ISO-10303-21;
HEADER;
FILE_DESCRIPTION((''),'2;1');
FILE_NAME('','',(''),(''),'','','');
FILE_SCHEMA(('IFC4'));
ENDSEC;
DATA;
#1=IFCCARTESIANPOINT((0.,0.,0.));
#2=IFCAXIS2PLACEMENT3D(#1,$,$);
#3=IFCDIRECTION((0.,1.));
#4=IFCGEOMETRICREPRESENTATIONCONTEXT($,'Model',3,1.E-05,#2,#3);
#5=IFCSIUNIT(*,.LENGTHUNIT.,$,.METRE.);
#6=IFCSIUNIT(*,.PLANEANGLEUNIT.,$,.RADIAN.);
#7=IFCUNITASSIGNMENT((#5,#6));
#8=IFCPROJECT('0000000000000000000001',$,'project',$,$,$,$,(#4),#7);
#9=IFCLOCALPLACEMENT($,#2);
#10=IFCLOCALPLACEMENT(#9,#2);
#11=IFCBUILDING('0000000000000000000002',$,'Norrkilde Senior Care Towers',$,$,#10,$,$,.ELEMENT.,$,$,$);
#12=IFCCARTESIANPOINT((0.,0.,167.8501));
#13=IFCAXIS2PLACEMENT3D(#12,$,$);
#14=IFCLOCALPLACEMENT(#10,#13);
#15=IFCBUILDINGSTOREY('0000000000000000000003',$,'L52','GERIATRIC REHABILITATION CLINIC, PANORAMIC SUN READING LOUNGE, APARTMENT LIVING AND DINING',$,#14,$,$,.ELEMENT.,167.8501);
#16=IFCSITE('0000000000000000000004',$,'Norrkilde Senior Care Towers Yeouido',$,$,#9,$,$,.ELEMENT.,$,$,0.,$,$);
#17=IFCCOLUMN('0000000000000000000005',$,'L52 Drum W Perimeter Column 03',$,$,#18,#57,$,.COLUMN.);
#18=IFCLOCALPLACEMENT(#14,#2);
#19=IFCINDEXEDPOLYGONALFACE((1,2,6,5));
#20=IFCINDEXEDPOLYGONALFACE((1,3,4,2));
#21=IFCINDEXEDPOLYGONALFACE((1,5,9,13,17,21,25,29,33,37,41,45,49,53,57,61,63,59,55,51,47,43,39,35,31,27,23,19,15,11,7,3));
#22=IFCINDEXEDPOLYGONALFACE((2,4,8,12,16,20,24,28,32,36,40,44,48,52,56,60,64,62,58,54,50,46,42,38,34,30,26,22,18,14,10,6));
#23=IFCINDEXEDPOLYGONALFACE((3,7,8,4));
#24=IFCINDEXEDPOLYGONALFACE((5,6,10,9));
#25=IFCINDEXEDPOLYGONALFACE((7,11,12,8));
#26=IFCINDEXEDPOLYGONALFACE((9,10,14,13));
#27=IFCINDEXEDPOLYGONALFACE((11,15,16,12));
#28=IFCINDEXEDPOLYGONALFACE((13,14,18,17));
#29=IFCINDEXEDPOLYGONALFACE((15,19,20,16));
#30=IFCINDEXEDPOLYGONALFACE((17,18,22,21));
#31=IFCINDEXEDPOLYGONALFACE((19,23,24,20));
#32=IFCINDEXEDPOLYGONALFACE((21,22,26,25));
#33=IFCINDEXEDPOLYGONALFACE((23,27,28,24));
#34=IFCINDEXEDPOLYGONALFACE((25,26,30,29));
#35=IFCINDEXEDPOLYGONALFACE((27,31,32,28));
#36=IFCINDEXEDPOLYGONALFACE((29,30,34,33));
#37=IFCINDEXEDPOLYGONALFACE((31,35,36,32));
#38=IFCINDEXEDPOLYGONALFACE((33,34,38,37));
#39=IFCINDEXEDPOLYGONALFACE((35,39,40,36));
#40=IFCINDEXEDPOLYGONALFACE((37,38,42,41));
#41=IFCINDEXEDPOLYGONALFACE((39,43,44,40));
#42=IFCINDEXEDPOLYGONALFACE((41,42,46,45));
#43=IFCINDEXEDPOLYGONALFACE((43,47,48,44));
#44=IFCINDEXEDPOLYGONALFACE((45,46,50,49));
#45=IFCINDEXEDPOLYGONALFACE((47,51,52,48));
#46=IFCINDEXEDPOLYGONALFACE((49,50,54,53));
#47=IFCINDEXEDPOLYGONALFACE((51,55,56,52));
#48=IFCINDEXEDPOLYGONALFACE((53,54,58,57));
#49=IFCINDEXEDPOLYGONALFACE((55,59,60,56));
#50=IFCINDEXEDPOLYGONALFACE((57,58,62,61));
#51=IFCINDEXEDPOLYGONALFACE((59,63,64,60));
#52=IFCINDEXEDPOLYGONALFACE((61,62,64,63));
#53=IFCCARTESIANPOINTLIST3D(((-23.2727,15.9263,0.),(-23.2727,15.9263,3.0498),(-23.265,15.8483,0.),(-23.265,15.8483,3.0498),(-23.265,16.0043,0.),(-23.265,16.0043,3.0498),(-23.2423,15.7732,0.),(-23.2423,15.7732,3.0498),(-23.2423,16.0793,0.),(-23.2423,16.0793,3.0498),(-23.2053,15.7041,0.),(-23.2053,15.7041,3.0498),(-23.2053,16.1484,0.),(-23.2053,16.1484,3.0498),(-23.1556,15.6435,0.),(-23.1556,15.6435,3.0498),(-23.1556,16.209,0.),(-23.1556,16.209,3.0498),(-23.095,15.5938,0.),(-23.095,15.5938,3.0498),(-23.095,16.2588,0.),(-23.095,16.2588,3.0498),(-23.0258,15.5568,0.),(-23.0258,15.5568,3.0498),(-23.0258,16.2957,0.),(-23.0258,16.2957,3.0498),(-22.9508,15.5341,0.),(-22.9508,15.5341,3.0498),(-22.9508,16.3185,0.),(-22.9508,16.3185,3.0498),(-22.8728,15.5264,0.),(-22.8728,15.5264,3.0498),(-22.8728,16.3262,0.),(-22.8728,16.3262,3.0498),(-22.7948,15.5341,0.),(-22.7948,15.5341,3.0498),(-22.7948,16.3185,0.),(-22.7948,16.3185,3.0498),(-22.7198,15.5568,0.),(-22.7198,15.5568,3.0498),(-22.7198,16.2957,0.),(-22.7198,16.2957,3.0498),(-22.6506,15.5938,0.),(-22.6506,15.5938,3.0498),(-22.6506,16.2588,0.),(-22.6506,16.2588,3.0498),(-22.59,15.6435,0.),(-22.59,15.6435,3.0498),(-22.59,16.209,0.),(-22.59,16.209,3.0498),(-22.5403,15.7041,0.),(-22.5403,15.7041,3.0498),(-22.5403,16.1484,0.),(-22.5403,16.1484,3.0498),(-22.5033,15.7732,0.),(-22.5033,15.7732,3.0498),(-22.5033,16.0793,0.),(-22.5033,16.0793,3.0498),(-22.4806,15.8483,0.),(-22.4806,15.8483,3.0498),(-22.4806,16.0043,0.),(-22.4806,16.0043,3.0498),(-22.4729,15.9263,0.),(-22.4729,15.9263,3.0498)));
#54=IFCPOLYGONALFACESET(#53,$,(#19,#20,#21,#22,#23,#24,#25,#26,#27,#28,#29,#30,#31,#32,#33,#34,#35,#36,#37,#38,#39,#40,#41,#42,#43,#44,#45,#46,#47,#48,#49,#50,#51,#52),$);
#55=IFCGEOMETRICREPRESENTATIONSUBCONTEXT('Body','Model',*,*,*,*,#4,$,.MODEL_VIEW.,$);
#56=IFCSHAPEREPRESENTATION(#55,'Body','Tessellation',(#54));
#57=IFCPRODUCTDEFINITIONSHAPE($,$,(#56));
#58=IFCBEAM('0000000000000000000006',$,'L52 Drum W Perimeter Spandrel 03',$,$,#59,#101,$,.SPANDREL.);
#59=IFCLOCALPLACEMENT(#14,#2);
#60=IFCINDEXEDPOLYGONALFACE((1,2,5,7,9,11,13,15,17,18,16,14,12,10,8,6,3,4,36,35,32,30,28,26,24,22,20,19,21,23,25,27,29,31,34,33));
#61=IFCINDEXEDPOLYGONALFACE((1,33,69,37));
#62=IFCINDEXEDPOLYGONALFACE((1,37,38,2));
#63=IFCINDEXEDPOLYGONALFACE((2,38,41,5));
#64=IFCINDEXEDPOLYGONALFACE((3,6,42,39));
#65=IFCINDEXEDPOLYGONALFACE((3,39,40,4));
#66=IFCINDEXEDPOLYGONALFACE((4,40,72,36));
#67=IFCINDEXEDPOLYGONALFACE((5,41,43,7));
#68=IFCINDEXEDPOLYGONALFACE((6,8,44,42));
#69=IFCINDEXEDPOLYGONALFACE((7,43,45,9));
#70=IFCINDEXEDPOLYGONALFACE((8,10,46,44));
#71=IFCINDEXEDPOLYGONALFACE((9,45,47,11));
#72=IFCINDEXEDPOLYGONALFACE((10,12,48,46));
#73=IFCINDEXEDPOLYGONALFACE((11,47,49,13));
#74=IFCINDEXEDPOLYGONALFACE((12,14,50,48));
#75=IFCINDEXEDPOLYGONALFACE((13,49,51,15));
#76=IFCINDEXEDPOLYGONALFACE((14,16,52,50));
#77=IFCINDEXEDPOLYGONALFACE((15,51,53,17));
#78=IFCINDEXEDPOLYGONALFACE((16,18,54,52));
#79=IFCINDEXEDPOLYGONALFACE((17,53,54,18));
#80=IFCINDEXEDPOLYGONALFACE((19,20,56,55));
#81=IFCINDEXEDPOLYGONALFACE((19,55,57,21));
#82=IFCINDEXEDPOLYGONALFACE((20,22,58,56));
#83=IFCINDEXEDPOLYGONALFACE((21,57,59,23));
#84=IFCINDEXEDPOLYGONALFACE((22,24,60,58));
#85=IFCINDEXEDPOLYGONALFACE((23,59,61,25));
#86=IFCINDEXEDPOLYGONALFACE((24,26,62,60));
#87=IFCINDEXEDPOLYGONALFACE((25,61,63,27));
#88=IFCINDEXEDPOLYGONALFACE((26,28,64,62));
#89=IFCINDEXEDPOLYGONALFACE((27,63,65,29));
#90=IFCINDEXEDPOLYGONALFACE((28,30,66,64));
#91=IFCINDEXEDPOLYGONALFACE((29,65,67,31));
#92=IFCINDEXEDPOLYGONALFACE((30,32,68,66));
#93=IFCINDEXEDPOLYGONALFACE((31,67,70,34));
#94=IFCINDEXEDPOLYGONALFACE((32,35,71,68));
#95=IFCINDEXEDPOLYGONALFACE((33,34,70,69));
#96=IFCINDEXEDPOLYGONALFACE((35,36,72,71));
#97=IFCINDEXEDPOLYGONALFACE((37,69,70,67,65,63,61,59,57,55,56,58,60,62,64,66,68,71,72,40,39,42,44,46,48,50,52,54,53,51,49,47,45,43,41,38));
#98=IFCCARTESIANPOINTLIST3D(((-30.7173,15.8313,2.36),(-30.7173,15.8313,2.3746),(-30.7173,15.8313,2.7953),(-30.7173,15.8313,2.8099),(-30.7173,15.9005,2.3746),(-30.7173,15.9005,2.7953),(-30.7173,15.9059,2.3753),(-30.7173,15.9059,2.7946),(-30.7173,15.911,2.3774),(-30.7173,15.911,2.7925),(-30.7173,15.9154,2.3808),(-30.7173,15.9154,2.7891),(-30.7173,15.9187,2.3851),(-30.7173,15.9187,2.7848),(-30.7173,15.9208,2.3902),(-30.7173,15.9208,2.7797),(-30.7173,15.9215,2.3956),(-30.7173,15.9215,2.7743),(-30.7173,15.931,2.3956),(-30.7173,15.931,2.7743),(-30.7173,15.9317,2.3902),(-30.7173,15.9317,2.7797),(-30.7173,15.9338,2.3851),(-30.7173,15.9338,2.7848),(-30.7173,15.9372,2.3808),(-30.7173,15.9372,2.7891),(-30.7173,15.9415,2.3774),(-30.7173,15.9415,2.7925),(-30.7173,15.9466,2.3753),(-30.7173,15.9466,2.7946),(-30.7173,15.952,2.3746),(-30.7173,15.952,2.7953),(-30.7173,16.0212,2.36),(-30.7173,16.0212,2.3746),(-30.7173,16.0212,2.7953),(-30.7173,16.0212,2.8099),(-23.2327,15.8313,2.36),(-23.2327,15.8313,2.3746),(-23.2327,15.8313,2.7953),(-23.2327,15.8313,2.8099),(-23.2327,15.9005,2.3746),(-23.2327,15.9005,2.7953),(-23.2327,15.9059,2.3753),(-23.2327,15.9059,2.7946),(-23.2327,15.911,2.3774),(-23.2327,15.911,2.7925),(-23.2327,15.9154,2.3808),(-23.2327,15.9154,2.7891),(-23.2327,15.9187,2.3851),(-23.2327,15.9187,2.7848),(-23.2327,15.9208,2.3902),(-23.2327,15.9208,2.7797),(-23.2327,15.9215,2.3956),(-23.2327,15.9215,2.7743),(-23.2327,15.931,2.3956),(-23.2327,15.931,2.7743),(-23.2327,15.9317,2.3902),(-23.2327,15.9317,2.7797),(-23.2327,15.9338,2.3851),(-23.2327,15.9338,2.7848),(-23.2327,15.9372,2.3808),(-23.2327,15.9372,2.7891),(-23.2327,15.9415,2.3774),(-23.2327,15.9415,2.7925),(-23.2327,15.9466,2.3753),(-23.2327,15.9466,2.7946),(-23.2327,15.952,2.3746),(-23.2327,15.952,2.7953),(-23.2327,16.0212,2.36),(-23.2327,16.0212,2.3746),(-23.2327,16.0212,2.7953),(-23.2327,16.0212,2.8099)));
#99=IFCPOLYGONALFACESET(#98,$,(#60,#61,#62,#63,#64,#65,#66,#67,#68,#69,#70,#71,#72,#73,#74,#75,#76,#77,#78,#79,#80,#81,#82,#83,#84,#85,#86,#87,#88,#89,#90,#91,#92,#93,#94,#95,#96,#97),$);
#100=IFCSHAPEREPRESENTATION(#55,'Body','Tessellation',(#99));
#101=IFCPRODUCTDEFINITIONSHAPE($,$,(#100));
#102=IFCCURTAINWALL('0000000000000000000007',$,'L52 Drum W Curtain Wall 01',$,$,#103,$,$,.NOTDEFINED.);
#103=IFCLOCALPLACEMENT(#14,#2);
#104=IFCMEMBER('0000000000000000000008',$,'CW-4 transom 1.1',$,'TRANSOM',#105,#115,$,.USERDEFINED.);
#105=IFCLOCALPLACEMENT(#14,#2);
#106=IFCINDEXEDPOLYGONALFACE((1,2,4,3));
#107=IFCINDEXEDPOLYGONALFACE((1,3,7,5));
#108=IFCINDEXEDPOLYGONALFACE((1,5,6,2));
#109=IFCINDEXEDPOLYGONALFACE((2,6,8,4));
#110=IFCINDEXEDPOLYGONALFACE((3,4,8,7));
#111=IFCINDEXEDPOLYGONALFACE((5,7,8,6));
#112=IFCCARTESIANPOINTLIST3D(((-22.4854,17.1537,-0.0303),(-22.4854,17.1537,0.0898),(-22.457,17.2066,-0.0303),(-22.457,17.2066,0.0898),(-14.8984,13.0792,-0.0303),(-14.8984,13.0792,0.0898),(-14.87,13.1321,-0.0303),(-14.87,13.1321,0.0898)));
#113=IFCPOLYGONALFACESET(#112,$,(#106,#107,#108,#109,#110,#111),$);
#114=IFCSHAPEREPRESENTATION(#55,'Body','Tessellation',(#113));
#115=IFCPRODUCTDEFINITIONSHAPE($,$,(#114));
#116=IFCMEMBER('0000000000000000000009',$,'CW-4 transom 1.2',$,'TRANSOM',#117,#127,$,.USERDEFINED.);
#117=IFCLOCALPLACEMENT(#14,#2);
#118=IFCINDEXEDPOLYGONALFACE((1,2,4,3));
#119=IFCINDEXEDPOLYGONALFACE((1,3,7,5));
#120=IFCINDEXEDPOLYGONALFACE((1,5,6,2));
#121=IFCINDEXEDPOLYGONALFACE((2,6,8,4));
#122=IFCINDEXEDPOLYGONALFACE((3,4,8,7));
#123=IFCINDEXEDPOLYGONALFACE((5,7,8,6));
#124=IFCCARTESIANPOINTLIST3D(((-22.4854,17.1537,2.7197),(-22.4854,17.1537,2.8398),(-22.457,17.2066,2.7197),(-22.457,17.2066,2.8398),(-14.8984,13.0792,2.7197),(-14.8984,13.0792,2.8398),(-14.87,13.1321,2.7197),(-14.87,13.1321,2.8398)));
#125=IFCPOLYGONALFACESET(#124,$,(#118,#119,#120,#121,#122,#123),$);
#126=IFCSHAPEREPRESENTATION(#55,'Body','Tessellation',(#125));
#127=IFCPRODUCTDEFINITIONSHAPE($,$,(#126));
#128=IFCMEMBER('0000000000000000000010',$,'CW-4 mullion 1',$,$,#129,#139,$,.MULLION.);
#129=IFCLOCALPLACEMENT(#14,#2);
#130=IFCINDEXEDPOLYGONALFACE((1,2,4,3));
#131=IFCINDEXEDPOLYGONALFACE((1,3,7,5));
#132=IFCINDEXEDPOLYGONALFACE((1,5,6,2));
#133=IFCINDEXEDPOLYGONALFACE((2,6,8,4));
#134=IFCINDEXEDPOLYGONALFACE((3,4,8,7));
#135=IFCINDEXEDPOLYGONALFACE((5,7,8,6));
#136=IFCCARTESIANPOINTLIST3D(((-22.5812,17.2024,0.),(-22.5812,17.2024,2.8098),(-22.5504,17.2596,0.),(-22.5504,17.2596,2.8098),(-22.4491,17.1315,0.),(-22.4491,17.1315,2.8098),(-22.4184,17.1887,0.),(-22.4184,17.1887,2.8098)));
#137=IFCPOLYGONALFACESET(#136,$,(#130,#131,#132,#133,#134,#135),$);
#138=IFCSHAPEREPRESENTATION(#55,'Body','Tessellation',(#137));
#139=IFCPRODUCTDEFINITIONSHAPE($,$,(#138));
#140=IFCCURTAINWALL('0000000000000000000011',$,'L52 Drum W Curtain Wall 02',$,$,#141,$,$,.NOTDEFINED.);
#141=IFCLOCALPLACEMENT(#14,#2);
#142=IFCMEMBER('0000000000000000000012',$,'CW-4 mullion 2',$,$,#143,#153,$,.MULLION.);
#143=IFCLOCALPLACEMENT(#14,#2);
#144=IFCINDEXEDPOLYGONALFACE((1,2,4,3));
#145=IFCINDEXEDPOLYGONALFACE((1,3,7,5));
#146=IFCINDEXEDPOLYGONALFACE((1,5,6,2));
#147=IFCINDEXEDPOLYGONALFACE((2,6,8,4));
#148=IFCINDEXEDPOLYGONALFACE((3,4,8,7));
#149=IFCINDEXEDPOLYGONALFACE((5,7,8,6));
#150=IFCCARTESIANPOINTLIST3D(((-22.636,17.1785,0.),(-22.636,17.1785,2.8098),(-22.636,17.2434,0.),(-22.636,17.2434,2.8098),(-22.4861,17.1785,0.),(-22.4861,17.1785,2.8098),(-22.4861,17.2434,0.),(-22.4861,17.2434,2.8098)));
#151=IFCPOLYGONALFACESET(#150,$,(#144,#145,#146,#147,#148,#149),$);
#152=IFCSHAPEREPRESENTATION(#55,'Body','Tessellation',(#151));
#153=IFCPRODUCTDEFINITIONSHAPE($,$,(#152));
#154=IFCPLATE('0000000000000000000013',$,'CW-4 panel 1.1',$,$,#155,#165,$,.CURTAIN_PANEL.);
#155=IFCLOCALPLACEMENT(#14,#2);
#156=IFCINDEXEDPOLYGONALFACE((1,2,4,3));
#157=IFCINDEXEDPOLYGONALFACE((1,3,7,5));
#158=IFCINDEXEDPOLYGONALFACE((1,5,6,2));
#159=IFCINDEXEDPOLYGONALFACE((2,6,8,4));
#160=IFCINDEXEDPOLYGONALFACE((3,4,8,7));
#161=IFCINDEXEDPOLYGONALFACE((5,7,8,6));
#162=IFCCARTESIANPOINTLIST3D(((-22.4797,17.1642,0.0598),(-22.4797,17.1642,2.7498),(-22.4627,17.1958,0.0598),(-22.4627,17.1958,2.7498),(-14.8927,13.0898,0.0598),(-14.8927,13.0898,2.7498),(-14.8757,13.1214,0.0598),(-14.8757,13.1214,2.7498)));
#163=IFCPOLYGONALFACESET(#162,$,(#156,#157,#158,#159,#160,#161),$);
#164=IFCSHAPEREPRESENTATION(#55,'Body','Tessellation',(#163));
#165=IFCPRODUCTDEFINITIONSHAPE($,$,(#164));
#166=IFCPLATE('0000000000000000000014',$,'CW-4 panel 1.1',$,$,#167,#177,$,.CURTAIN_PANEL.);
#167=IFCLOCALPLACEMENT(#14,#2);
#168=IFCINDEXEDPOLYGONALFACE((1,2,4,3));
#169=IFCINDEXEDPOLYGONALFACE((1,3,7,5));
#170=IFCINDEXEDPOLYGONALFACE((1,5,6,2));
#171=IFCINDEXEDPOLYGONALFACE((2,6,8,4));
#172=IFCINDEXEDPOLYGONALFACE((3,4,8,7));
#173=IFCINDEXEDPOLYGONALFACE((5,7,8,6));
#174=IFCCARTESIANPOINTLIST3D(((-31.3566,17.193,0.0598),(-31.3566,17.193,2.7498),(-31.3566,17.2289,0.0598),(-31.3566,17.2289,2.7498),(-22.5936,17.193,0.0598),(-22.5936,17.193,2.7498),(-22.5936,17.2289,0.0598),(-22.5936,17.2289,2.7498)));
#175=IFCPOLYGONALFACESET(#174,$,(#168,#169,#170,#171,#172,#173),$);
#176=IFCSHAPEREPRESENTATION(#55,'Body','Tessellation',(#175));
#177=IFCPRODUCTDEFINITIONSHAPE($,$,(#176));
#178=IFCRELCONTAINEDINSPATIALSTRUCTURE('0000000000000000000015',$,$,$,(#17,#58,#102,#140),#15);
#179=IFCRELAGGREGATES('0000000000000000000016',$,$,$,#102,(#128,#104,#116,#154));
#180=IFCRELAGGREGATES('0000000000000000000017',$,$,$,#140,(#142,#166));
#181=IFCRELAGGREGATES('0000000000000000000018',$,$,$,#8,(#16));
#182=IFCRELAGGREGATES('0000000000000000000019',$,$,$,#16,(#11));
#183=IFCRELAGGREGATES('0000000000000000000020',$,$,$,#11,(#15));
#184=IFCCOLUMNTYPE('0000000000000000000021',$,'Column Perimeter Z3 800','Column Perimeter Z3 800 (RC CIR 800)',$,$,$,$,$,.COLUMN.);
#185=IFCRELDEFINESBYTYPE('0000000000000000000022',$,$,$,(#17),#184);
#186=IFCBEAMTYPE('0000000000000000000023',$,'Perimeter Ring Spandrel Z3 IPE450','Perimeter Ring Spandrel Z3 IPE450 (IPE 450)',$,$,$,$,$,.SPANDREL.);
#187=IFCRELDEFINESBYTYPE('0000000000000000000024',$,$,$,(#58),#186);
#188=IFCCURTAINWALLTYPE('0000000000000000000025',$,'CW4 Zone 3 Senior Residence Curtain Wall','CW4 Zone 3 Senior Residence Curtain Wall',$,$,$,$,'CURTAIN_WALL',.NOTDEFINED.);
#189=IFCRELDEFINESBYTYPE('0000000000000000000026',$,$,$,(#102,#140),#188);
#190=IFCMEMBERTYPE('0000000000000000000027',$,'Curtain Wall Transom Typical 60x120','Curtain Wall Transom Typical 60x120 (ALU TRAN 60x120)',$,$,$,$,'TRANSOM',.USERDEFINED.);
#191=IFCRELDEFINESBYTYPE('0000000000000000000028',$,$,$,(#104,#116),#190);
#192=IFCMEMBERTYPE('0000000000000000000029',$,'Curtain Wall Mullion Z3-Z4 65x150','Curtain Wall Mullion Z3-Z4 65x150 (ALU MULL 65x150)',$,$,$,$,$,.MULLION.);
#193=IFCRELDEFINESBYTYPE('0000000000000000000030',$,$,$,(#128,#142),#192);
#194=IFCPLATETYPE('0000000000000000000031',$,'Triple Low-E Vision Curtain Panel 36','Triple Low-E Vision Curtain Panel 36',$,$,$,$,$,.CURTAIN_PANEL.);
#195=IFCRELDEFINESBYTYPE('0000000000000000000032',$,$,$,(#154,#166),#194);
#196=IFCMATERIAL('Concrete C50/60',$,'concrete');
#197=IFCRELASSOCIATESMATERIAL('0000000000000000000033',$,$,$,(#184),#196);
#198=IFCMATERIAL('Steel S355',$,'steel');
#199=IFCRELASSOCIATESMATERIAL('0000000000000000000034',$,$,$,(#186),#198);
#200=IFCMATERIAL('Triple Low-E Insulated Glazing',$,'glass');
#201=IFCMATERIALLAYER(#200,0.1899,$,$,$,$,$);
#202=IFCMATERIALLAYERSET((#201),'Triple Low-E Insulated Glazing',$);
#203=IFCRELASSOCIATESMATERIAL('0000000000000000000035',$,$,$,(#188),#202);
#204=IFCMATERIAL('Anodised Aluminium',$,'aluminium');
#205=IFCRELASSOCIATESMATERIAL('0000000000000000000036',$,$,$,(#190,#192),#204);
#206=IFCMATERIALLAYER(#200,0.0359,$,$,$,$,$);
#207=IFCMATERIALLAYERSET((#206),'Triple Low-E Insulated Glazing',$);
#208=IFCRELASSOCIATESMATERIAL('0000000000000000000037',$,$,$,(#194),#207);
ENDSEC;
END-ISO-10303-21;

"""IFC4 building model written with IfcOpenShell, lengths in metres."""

from ifc_helpers import new_model, si_unit, direction, frame, origin, origin_2d, place, context, subcontext, project, spatial, rectangle, circle, i_section, extrude, source, transform, mapped, material, layer, layer_set, material_profile, profile_set, type_object, type_shapes, element, aggregate, save


model = new_model("IFC4")

# Units and contexts
model_context = context("Model", 3, precision=1e-05, world=origin(), true_north=direction((0.0, 1.0)))
body_context = subcontext(model_context, "Body", "Model", "MODEL_VIEW")
ifc_project = project(units=[si_unit("LENGTHUNIT", "METRE"), si_unit("PLANEANGLEUNIT", "RADIAN")], contexts=[model_context])

# Site, building, storey
site_placement = place(None, origin())
site = spatial("IfcSite", under=ifc_project, at=site_placement, Name="Norrkilde Senior Care Towers Yeouido", CompositionType="ELEMENT", RefElevation=0.0)
building_placement = place(site_placement, origin())
building = spatial("IfcBuilding", under=site, at=building_placement, Name="Norrkilde Senior Care Towers", CompositionType="ELEMENT")
storey_placement = place(building_placement, frame((0.0, 0.0, 167.8501)))
storey = spatial("IfcBuildingStorey", under=building, at=storey_placement, Name="L52", Description="GERIATRIC REHABILITATION CLINIC, PANORAMIC SUN READING LOUNGE, APARTMENT LIVING AND DINING", CompositionType="ELEMENT", Elevation=167.8501)

# Column
ifc_material_1 = material(Name="Concrete C50/60", Category="concrete")
ifc_material_profile_1 = material_profile(ifc_material_1, circle(Radius=0.3999, at=origin_2d()), Name="RC CIR 800")
ifc_profile_set_1 = profile_set([ifc_material_profile_1], Name="Concrete C50/60")
column_type = type_object("IfcColumnType", Name="Column Perimeter Z3 800", Description="Column Perimeter Z3 800 (RC CIR 800)", PredefinedType="COLUMN", material=ifc_profile_set_1)
shared_shape_1 = source(origin(), body_context, "Body", "SweptSolid", [
    extrude(circle(Radius=0.3999, at=origin_2d()), origin(), (0.0, 0.0, 1.0), 3.0498),
])
type_shapes(column_type, [shared_shape_1])
column_placement = place(storey_placement, frame((-22.8728, 15.9263, 0.0), z_axis=(0.0, 0.0, 1.0), x_axis=(1.0, 0.0, 0.0)))
element("IfcColumn", 1, at=column_placement, inside=storey, type_object=column_type, Name="L52 Drum W Perimeter Column 03", PredefinedType="COLUMN", context=body_context, shape_type="MappedRepresentation", body=[
    mapped(shared_shape_1, transform((0.0, 0.0, 0.0), x_axis=(1.0, 0.0, 0.0), y_axis=(0.0, 1.0, 0.0), z_axis=(0.0, 0.0, 1.0), scale=1.0)),
])

# Beam
ifc_material_2 = material(Name="Steel S355", Category="steel")
ifc_material_profile_2 = material_profile(ifc_material_2, i_section(OverallWidth=0.1899, OverallDepth=0.45, WebThickness=0.0095, FlangeThickness=0.0146, FilletRadius=0.021, at=origin_2d()), Name="IPE 450")
ifc_profile_set_2 = profile_set([ifc_material_profile_2], Name="Steel S355")
beam_type = type_object("IfcBeamType", Name="Perimeter Ring Spandrel Z3 IPE450", Description="Perimeter Ring Spandrel Z3 IPE450 (IPE 450)", PredefinedType="SPANDREL", material=ifc_profile_set_2)
shared_shape_2 = source(origin(), body_context, "Body", "SweptSolid", [
    extrude(i_section(OverallWidth=0.1899, OverallDepth=0.45, WebThickness=0.0095, FlangeThickness=0.0146, FilletRadius=0.021, at=origin_2d()), origin(), (0.0, 0.0, 1.0), 7.4846),
])
type_shapes(beam_type, [shared_shape_2])
beam_placement = place(storey_placement, frame((-23.2327, 15.9263, 2.585), z_axis=(-1.0, 0.0, 0.0), x_axis=(0.0, -1.0, 0.0)))
element("IfcBeam", 2, at=beam_placement, inside=storey, type_object=beam_type, Name="L52 Drum W Perimeter Spandrel 03", PredefinedType="SPANDREL", context=body_context, shape_type="MappedRepresentation", body=[
    mapped(shared_shape_2, transform((0.0, 0.0, 0.0), x_axis=(1.0, 0.0, 0.0), y_axis=(0.0, 1.0, 0.0), z_axis=(0.0, 0.0, 1.0), scale=1.0)),
])

# Curtain wall, members
ifc_material_3 = material(Name="Triple Low-E Insulated Glazing", Category="glass")
ifc_layer_1 = layer(ifc_material_3, 0.1899)
ifc_layer_set_1 = layer_set([ifc_layer_1], Name="Triple Low-E Insulated Glazing")
curtain_wall_type = type_object("IfcCurtainWallType", Name="CW4 Zone 3 Senior Residence Curtain Wall", Description="CW4 Zone 3 Senior Residence Curtain Wall", ElementType="CURTAIN_WALL", PredefinedType="NOTDEFINED", material=ifc_layer_set_1)
curtain_wall_1_placement = place(storey_placement, origin())
curtain_wall_1 = element("IfcCurtainWall", 3, at=curtain_wall_1_placement, inside=storey, type_object=curtain_wall_type, Name="L52 Drum W Curtain Wall 01", PredefinedType="NOTDEFINED")
ifc_material_4 = material(Name="Anodised Aluminium", Category="aluminium")
ifc_material_profile_3 = material_profile(ifc_material_4, rectangle(XDim=0.0601, YDim=0.1201, at=origin_2d()), Name="ALU TRAN 60x120")
ifc_profile_set_3 = profile_set([ifc_material_profile_3], Name="Anodised Aluminium")
member_type_1 = type_object("IfcMemberType", Name="Curtain Wall Transom Typical 60x120", Description="Curtain Wall Transom Typical 60x120 (ALU TRAN 60x120)", ElementType="TRANSOM", PredefinedType="USERDEFINED", material=ifc_profile_set_3)
shared_shape_3 = source(origin(), body_context, "Body", "SweptSolid", [
    extrude(rectangle(XDim=0.0601, YDim=0.1201, at=origin_2d()), origin(), (0.0, 0.0, 1.0), 8.6118),
])
type_shapes(member_type_1, [shared_shape_3])
member_1_placement = place(storey_placement, frame((-22.4712, 17.1802, 0.0298), z_axis=(0.880994, -0.473127, 0.0), x_axis=(0.473127, 0.880994, 0.0)))
member_1 = element("IfcMember", 4, at=member_1_placement, type_object=member_type_1, Name="CW-4 transom 1.1", ObjectType="TRANSOM", PredefinedType="USERDEFINED", context=body_context, shape_type="MappedRepresentation", body=[
    mapped(shared_shape_3, transform((0.0, 0.0, 0.0), x_axis=(1.0, 0.0, 0.0), y_axis=(0.0, 1.0, 0.0), z_axis=(0.0, 0.0, 1.0), scale=1.0)),
])
member_2_placement = place(storey_placement, frame((-22.4712, 17.1802, 2.7798), z_axis=(0.880994, -0.473127, 0.0), x_axis=(0.473127, 0.880994, 0.0)))
member_2 = element("IfcMember", 5, at=member_2_placement, type_object=member_type_1, Name="CW-4 transom 1.2", ObjectType="TRANSOM", PredefinedType="USERDEFINED", context=body_context, shape_type="MappedRepresentation", body=[
    mapped(shared_shape_3, transform((0.0, 0.0, 0.0), x_axis=(1.0, 0.0, 0.0), y_axis=(0.0, 1.0, 0.0), z_axis=(0.0, 0.0, 1.0), scale=1.0)),
])
ifc_material_profile_4 = material_profile(ifc_material_4, rectangle(XDim=0.0649, YDim=0.1499, at=origin_2d()), Name="ALU MULL 65x150")
ifc_profile_set_4 = profile_set([ifc_material_profile_4], Name="Anodised Aluminium")
member_type_2 = type_object("IfcMemberType", Name="Curtain Wall Mullion Z3-Z4 65x150", Description="Curtain Wall Mullion Z3-Z4 65x150 (ALU MULL 65x150)", PredefinedType="MULLION", material=ifc_profile_set_4)
shared_shape_4 = source(origin(), body_context, "Body", "SweptSolid", [
    extrude(rectangle(XDim=0.0649, YDim=0.1499, at=origin_2d()), origin(), (0.0, 0.0, 1.0), 2.8098),
])
type_shapes(member_type_2, [shared_shape_4])
member_3_placement = place(storey_placement, frame((-22.4998, 17.1956, 0.0), z_axis=(0.0, 0.0, 1.0), x_axis=(0.473117, 0.881, 0.0)))
member_3 = element("IfcMember", 6, at=member_3_placement, type_object=member_type_2, Name="CW-4 mullion 1", PredefinedType="MULLION", context=body_context, shape_type="MappedRepresentation", body=[
    mapped(shared_shape_4, transform((0.0, 0.0, 0.0), x_axis=(1.0, 0.0, 0.0), y_axis=(0.0, 1.0, 0.0), z_axis=(0.0, 0.0, 1.0), scale=1.0)),
])

# Curtain wall, member
curtain_wall_2_placement = place(storey_placement, origin())
curtain_wall_2 = element("IfcCurtainWall", 7, at=curtain_wall_2_placement, inside=storey, type_object=curtain_wall_type, Name="L52 Drum W Curtain Wall 02", PredefinedType="NOTDEFINED")
member_4_placement = place(storey_placement, frame((-22.561, 17.2109, 0.0), z_axis=(0.0, 0.0, 1.0), x_axis=(0.0, 1.0, 0.0)))
member_4 = element("IfcMember", 8, at=member_4_placement, type_object=member_type_2, Name="CW-4 mullion 2", PredefinedType="MULLION", context=body_context, shape_type="MappedRepresentation", body=[
    mapped(shared_shape_4, transform((0.0, 0.0, 0.0), x_axis=(1.0, 0.0, 0.0), y_axis=(0.0, 1.0, 0.0), z_axis=(0.0, 0.0, 1.0), scale=1.0)),
])

# Plates
ifc_layer_2 = layer(ifc_material_3, 0.0359)
ifc_layer_set_2 = layer_set([ifc_layer_2], Name="Triple Low-E Insulated Glazing")
plate_type = type_object("IfcPlateType", Name="Triple Low-E Vision Curtain Panel 36", Description="Triple Low-E Vision Curtain Panel 36", PredefinedType="CURTAIN_PANEL", material=ifc_layer_set_2)
shared_shape_5 = source(origin(), body_context, "Body", "SweptSolid", [
    extrude(rectangle(XDim=8.6118, YDim=0.0359, at=origin_2d()), origin(), (0.0, 0.0, 1.0), 2.6899),
])
plate_1_placement = place(storey_placement, frame((-18.6777, 15.1428, 0.0598), z_axis=(0.0, 0.0, 1.0), x_axis=(0.881, -0.473117, 0.0)))
plate_1 = element("IfcPlate", 9, at=plate_1_placement, type_object=plate_type, Name="CW-4 panel 1.1", PredefinedType="CURTAIN_PANEL", context=body_context, shape_type="MappedRepresentation", body=[
    mapped(shared_shape_5, transform((0.0, 0.0, 0.0), x_axis=(1.0, 0.0, 0.0), y_axis=(0.0, 1.0, 0.0), z_axis=(0.0, 0.0, 1.0), scale=1.0)),
])
aggregate(curtain_wall_1, [member_3, member_1, member_2, plate_1])
shared_shape_6 = source(origin(), body_context, "Body", "SweptSolid", [
    extrude(rectangle(XDim=8.7629, YDim=0.0359, at=origin_2d()), origin(), (0.0, 0.0, 1.0), 2.6899),
])
type_shapes(plate_type, [shared_shape_5, shared_shape_6])
plate_2_placement = place(storey_placement, frame((-26.9751, 17.2109, 0.0598), z_axis=(0.0, 0.0, 1.0), x_axis=(1.0, 0.0, 0.0)))
plate_2 = element("IfcPlate", 10, at=plate_2_placement, type_object=plate_type, Name="CW-4 panel 1.1", PredefinedType="CURTAIN_PANEL", context=body_context, shape_type="MappedRepresentation", body=[
    mapped(shared_shape_6, transform((0.0, 0.0, 0.0), x_axis=(1.0, 0.0, 0.0), y_axis=(0.0, 1.0, 0.0), z_axis=(0.0, 0.0, 1.0), scale=1.0)),
])
aggregate(curtain_wall_2, [member_4, plate_2])

save(model, "model.ifc")
